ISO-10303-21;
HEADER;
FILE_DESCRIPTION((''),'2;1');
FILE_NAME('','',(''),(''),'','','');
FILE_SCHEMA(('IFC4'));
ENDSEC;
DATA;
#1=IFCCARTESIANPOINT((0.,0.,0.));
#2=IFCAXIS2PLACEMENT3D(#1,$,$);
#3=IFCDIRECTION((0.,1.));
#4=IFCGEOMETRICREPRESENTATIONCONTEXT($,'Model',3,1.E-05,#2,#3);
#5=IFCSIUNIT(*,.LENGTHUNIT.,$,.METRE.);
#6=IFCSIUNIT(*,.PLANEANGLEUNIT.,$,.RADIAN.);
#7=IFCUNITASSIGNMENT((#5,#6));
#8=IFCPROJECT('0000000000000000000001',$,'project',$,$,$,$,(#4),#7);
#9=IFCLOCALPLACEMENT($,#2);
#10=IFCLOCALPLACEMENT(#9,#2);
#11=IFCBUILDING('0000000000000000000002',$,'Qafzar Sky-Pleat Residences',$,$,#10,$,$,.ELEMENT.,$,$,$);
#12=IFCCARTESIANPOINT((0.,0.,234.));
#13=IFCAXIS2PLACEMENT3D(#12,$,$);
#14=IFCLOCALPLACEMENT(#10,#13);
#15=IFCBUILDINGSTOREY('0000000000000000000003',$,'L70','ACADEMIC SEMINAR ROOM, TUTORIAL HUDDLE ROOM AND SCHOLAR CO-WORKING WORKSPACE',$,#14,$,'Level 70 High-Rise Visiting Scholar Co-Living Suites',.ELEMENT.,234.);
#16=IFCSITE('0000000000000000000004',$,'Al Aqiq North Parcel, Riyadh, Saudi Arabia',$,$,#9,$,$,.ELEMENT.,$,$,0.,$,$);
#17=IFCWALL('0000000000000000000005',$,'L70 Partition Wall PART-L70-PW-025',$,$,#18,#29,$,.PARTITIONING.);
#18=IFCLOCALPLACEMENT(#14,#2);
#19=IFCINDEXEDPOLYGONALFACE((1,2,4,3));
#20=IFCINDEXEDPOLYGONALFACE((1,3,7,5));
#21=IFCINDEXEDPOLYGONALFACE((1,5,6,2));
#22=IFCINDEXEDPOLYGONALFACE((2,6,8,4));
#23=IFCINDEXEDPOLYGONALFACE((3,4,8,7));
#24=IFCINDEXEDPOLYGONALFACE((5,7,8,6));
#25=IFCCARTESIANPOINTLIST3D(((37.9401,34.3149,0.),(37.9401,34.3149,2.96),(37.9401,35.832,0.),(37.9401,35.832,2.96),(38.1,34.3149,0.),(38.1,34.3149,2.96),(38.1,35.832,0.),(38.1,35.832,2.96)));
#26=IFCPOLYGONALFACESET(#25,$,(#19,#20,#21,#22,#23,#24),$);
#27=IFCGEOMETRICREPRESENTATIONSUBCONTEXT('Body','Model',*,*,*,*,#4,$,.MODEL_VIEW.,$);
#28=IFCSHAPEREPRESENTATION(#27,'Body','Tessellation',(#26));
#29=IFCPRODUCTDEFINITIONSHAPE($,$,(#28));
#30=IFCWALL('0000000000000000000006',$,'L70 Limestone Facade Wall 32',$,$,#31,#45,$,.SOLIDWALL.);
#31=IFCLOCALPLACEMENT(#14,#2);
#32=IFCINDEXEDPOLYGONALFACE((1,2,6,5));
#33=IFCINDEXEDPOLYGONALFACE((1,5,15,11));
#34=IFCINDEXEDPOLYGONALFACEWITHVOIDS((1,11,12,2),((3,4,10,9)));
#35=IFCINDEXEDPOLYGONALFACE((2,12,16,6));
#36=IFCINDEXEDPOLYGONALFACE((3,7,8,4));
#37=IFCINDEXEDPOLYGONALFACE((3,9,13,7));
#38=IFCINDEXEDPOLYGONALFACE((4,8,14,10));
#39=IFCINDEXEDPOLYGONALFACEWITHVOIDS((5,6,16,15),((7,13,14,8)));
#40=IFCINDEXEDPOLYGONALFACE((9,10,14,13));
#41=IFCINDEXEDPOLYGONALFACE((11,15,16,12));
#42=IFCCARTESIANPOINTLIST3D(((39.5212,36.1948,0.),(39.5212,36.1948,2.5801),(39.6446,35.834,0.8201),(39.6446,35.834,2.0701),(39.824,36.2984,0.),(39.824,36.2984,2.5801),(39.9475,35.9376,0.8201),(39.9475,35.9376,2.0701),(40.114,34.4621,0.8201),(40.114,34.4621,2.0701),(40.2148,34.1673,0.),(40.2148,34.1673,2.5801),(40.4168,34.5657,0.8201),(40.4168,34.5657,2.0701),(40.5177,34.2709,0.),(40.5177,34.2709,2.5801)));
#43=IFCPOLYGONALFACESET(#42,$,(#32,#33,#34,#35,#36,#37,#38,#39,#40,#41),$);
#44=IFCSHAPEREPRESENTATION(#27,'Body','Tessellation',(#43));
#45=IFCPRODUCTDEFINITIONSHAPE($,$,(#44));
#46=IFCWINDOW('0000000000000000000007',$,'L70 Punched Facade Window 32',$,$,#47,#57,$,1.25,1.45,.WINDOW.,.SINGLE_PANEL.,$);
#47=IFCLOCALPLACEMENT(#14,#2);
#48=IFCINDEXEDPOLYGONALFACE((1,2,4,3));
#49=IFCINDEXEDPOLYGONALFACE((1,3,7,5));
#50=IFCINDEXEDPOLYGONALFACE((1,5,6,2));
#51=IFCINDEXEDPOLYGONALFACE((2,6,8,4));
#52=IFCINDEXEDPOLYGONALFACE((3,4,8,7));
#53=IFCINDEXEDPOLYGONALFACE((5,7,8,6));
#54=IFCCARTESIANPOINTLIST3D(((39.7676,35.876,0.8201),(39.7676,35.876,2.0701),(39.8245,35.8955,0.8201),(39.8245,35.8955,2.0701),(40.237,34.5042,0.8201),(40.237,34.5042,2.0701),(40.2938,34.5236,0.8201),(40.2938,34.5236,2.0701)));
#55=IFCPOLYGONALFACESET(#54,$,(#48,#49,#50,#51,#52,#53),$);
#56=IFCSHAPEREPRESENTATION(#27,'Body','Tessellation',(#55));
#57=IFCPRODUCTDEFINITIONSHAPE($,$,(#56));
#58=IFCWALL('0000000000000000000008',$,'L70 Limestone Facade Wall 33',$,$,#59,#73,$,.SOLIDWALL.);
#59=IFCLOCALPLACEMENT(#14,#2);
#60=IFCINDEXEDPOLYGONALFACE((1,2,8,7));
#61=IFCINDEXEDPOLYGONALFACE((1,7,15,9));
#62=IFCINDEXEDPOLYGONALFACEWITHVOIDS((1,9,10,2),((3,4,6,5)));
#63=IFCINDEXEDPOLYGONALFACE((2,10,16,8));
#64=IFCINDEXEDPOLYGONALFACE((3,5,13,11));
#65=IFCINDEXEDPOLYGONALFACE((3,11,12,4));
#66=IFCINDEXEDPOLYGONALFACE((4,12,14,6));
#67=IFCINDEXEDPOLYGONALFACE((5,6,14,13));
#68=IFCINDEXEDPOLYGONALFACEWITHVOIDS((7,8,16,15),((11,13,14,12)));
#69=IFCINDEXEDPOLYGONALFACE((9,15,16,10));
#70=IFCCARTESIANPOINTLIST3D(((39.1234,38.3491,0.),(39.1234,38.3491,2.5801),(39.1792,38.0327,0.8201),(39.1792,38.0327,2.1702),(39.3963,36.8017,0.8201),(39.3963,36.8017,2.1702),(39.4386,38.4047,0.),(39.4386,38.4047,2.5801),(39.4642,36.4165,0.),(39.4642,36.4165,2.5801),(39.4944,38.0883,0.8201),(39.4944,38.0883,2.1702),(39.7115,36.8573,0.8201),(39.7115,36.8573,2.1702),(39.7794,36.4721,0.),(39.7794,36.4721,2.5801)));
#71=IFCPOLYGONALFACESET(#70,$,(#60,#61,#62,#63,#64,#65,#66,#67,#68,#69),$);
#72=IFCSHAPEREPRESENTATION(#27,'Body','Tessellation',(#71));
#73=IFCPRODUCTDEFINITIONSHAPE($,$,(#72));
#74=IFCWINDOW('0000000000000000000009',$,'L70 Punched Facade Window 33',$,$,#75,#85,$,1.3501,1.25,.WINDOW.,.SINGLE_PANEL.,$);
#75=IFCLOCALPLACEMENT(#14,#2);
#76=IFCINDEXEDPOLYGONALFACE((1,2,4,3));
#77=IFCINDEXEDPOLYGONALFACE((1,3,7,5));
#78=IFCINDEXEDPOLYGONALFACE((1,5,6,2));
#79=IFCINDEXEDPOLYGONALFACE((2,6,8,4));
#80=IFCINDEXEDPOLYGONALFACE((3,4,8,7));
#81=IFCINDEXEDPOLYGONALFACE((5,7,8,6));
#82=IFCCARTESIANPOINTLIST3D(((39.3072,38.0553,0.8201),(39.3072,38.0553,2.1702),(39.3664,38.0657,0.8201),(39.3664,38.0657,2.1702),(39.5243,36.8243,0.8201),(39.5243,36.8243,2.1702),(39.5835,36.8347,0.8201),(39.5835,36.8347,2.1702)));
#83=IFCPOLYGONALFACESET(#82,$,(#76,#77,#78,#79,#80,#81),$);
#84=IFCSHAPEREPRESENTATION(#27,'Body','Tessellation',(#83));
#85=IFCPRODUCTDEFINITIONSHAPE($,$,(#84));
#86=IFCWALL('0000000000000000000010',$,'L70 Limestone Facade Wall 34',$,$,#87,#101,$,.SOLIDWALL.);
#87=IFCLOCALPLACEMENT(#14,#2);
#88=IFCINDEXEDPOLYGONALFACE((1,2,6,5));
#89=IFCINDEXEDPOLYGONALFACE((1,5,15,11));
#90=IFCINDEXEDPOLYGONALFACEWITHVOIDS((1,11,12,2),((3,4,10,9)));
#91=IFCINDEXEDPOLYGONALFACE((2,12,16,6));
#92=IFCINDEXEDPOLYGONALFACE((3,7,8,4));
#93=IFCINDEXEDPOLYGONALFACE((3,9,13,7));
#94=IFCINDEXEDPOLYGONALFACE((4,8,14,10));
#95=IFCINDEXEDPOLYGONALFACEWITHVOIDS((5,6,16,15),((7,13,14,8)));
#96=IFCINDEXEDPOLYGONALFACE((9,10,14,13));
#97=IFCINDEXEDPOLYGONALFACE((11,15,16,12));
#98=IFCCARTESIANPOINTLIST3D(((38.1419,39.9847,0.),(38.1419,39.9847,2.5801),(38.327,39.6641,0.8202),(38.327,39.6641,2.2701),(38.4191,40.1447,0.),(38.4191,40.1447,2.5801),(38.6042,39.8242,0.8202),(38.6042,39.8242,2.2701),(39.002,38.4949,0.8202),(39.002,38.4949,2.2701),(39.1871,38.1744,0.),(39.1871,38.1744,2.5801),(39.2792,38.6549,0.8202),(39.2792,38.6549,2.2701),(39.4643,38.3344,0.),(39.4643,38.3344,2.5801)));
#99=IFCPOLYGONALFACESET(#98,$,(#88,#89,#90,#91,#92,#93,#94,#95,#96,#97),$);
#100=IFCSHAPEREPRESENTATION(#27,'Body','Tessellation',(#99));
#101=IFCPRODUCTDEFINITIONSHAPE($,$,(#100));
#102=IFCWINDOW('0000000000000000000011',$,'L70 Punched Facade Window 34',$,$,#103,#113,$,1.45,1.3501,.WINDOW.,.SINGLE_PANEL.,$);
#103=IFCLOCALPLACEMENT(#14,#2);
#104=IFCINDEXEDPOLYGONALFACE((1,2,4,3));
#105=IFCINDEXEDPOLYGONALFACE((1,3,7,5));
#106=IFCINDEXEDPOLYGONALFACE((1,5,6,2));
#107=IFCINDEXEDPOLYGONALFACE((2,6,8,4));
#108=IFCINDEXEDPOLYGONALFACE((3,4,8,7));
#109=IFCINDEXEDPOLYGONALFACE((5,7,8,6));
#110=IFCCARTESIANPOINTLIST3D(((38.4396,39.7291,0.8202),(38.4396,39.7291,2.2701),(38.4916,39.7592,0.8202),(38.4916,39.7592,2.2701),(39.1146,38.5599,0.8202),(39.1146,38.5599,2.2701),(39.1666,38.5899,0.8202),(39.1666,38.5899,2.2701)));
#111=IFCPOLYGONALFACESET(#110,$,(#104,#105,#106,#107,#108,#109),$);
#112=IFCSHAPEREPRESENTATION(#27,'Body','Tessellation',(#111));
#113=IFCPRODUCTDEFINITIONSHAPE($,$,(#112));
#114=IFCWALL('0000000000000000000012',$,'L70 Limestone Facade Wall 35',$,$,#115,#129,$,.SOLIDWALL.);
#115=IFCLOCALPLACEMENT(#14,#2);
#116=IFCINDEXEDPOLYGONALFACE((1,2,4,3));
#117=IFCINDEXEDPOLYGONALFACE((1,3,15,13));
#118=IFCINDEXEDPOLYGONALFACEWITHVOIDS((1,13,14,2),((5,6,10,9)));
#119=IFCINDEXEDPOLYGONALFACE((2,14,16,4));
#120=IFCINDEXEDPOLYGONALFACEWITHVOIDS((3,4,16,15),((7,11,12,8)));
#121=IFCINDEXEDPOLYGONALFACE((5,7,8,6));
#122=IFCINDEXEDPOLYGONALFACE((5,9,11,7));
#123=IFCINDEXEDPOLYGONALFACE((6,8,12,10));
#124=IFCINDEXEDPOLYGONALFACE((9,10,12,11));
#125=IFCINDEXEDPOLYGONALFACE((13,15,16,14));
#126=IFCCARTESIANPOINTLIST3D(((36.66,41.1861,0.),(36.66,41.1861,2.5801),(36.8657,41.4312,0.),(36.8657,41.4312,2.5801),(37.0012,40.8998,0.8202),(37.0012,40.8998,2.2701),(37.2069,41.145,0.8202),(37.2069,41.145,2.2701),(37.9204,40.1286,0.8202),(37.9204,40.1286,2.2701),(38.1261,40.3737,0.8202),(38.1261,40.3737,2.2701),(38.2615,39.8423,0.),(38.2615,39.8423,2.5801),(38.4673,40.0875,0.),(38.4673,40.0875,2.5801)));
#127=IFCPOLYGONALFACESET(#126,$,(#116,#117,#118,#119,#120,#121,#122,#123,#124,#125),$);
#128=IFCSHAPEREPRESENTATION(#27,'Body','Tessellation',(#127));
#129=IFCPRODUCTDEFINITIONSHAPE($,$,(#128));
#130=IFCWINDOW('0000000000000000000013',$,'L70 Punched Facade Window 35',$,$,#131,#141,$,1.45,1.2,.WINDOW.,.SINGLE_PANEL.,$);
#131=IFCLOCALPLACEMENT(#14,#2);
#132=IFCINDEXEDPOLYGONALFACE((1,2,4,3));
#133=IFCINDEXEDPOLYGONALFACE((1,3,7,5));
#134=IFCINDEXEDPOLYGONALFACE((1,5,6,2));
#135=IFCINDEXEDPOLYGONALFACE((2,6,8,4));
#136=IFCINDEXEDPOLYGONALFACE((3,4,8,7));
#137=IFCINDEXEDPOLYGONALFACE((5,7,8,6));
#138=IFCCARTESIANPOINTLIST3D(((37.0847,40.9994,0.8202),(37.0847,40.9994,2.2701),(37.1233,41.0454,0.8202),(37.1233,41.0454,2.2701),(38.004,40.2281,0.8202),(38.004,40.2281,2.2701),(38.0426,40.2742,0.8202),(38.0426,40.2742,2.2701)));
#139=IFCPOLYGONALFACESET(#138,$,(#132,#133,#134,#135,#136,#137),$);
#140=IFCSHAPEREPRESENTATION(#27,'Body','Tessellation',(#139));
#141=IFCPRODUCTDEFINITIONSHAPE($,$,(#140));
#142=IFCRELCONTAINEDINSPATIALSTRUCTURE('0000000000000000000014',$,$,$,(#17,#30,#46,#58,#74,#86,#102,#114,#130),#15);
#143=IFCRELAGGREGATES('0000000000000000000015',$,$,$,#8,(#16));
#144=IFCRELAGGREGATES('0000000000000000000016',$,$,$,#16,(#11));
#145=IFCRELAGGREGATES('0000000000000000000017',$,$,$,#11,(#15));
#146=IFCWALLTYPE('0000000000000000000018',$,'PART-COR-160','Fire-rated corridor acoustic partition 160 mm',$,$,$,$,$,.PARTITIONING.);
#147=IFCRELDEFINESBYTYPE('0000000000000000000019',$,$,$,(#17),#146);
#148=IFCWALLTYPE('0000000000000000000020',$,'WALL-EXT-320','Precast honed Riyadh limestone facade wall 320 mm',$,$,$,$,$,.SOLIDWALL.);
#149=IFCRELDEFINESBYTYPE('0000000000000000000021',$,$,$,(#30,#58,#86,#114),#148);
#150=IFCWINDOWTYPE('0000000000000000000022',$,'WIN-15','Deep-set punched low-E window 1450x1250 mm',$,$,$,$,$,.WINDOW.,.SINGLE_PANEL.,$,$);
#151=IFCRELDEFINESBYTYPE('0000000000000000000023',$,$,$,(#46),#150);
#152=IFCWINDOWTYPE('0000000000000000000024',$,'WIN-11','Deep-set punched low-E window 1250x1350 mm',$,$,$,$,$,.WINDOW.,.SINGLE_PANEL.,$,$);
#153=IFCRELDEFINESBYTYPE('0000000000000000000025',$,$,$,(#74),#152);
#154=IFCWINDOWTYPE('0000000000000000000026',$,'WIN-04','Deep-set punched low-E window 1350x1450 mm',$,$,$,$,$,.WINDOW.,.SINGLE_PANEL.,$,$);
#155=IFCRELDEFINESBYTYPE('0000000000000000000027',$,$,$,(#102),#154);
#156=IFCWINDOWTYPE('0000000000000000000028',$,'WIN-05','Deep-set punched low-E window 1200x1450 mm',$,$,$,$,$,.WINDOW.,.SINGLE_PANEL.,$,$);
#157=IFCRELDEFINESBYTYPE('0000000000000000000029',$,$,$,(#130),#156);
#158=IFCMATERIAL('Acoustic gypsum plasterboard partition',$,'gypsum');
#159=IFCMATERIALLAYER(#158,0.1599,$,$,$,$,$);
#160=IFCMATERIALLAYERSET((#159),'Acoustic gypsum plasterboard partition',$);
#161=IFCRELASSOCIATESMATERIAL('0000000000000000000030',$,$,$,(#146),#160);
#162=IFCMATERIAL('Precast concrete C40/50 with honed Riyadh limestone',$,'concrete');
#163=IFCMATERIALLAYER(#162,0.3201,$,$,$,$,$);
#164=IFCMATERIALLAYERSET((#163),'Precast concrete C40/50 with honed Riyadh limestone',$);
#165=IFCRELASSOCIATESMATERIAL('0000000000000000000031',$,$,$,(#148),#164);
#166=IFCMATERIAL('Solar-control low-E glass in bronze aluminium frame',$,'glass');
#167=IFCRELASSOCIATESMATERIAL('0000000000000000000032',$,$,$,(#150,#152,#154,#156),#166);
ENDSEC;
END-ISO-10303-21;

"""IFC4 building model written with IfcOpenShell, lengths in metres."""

from ifc_helpers import new_model, si_unit, direction, frame, frame_2d, origin, place, context, subcontext, project, spatial, rectangle, extrude, source, transform, mapped, material, layer, layer_set, type_object, element, fill, save


model = new_model("IFC4")

# Units and contexts
model_context = context("Model", 3, precision=1e-05, world=origin(), true_north=direction((0.0, 1.0)))
body_context = subcontext(model_context, "Body", "Model", "MODEL_VIEW")
ifc_project = project(units=[si_unit("LENGTHUNIT", "METRE"), si_unit("PLANEANGLEUNIT", "RADIAN")], contexts=[model_context])

# Site, building, storey
site_placement = place(None, origin())
site = spatial("IfcSite", under=ifc_project, at=site_placement, Name="Al Aqiq North Parcel, Riyadh, Saudi Arabia", CompositionType="ELEMENT", RefElevation=0.0)
building_placement = place(site_placement, origin())
building = spatial("IfcBuilding", under=site, at=building_placement, Name="Qafzar Sky-Pleat Residences", CompositionType="ELEMENT")
storey_placement = place(building_placement, frame((0.0, 0.0, 234.0)))
storey = spatial("IfcBuildingStorey", under=building, at=storey_placement, Name="L70", Description="ACADEMIC SEMINAR ROOM, TUTORIAL HUDDLE ROOM AND SCHOLAR CO-WORKING WORKSPACE", LongName="Level 70 High-Rise Visiting Scholar Co-Living Suites", CompositionType="ELEMENT", Elevation=234.0)

# Wall
ifc_material_1 = material(Name="Acoustic gypsum plasterboard partition", Category="gypsum")
ifc_layer_1 = layer(ifc_material_1, 0.1599)
ifc_layer_set_1 = layer_set([ifc_layer_1], Name="Acoustic gypsum plasterboard partition")
wall_type_1 = type_object("IfcWallType", Name="PART-COR-160", Description="Fire-rated corridor acoustic partition 160 mm", PredefinedType="PARTITIONING", material=ifc_layer_set_1)
wall_1_placement = place(storey_placement, frame((38.02, 34.3149, 0.0), z_axis=(0.0, 0.0, 1.0), x_axis=(0.0, 1.0, 0.0)))
element("IfcWall", 1, at=wall_1_placement, inside=storey, type_object=wall_type_1, Name="L70 Partition Wall PART-L70-PW-025", PredefinedType="PARTITIONING", context=body_context, shape_type="SweptSolid", body=[
    extrude(rectangle(XDim=1.5171, YDim=0.1599, at=frame_2d((0.7585, 0.0))), origin(), (0.0, 0.0, 1.0), 2.96),
])

# Walls, openings, windows
ifc_material_2 = material(Name="Precast concrete C40/50 with honed Riyadh limestone", Category="concrete")
ifc_layer_2 = layer(ifc_material_2, 0.3201)
ifc_layer_set_2 = layer_set([ifc_layer_2], Name="Precast concrete C40/50 with honed Riyadh limestone")
wall_type_2 = type_object("IfcWallType", Name="WALL-EXT-320", Description="Precast honed Riyadh limestone facade wall 320 mm", PredefinedType="SOLIDWALL", material=ifc_layer_set_2)
wall_2_placement = place(storey_placement, frame((40.3662, 34.2192, 0.0), z_axis=(0.0, 0.0, 1.0), x_axis=(-0.323704, 0.946158, 0.0)))
wall_2 = element("IfcWall", 2, at=wall_2_placement, inside=storey, type_object=wall_type_2, Name="L70 Limestone Facade Wall 32", PredefinedType="SOLIDWALL", context=body_context, shape_type="SweptSolid", body=[
    extrude(rectangle(XDim=2.1428, YDim=0.3201, at=frame_2d((1.0713, 0.0))), origin(), (0.0, 0.0, 1.0), 2.5801),
])
opening_1_placement = place(wall_2_placement, frame((0.3113, 0.0, 0.8201)))
opening_1 = element("IfcOpeningElement", 3, at=opening_1_placement, cuts=wall_2, PredefinedType="OPENING", context=body_context, shape_type="SweptSolid", body=[
    extrude(rectangle(XDim=1.45, YDim=1.25, at=frame_2d((0.7251, 0.625))), frame((0.0, 0.1699, 0.0), z_axis=(0.0, -1.0, 0.0), x_axis=(1.0, 0.0, 0.0)), (0.0, 0.0, 1.0), 0.3401),
])
ifc_material_3 = material(Name="Solar-control low-E glass in bronze aluminium frame", Category="glass")
window_type_1 = type_object("IfcWindowType", Name="WIN-15", Description="Deep-set punched low-E window 1450x1250 mm", PartitioningType="SINGLE_PANEL", PredefinedType="WINDOW", material=ifc_material_3)
shared_shape_1 = source(origin(), body_context, "Body", "SweptSolid", [
    extrude(rectangle(XDim=1.45, YDim=1.25, at=frame_2d((0.7251, 0.625))), frame((0.0, 0.03, 0.0), z_axis=(0.0, -1.0, 0.0), x_axis=(1.0, 0.0, 0.0)), (0.0, 0.0, 1.0), 0.0601),
])
window_1_placement = place(opening_1_placement, origin())
window_1 = element("IfcWindow", 4, at=window_1_placement, inside=storey, type_object=window_type_1, Name="L70 Punched Facade Window 32", OverallHeight=1.25, OverallWidth=1.45, PartitioningType="SINGLE_PANEL", PredefinedType="WINDOW", context=body_context, shape_type="MappedRepresentation", body=[
    mapped(shared_shape_1, transform((0.0, 0.0, 0.0), x_axis=(1.0, 0.0, 0.0), y_axis=(0.0, 1.0, 0.0), z_axis=(0.0, 0.0, 1.0), scale=1.0)),
])
fill(opening_1, window_1)
wall_3_placement = place(storey_placement, frame((39.6218, 36.4443, 0.0), z_axis=(0.0, 0.0, 1.0), x_axis=(-0.173672, 0.984804, 0.0)))
wall_3 = element("IfcWall", 5, at=wall_3_placement, inside=storey, type_object=wall_type_2, Name="L70 Limestone Facade Wall 33", PredefinedType="SOLIDWALL", context=body_context, shape_type="SweptSolid", body=[
    extrude(rectangle(XDim=1.9624, YDim=0.3201, at=frame_2d((0.9812, 0.0))), origin(), (0.0, 0.0, 1.0), 2.5801),
])
opening_2_placement = place(wall_3_placement, frame((0.3911, 0.0, 0.8201)))
opening_2 = element("IfcOpeningElement", 6, at=opening_2_placement, cuts=wall_3, PredefinedType="OPENING", context=body_context, shape_type="SweptSolid", body=[
    extrude(rectangle(XDim=1.25, YDim=1.3501, at=frame_2d((0.625, 0.675))), frame((0.0, 0.1699, 0.0), z_axis=(0.0, -1.0, 0.0), x_axis=(1.0, 0.0, 0.0)), (0.0, 0.0, 1.0), 0.3401),
])
window_type_2 = type_object("IfcWindowType", Name="WIN-11", Description="Deep-set punched low-E window 1250x1350 mm", PartitioningType="SINGLE_PANEL", PredefinedType="WINDOW", material=ifc_material_3)
shared_shape_2 = source(origin(), body_context, "Body", "SweptSolid", [
    extrude(rectangle(XDim=1.25, YDim=1.3501, at=frame_2d((0.625, 0.675))), frame((0.0, 0.03, 0.0), z_axis=(0.0, -1.0, 0.0), x_axis=(1.0, 0.0, 0.0)), (0.0, 0.0, 1.0), 0.0601),
])
window_2_placement = place(opening_2_placement, origin())
window_2 = element("IfcWindow", 7, at=window_2_placement, inside=storey, type_object=window_type_2, Name="L70 Punched Facade Window 33", OverallHeight=1.3501, OverallWidth=1.25, PartitioningType="SINGLE_PANEL", PredefinedType="WINDOW", context=body_context, shape_type="MappedRepresentation", body=[
    mapped(shared_shape_2, transform((0.0, 0.0, 0.0), x_axis=(1.0, 0.0, 0.0), y_axis=(0.0, 1.0, 0.0), z_axis=(0.0, 0.0, 1.0), scale=1.0)),
])
fill(opening_2, window_2)
wall_4_placement = place(storey_placement, frame((39.3257, 38.2544, 0.0), z_axis=(0.0, 0.0, 1.0), x_axis=(-0.499995, 0.866028, 0.0)))
wall_4 = element("IfcWall", 8, at=wall_4_placement, inside=storey, type_object=wall_type_2, Name="L70 Limestone Facade Wall 34", PredefinedType="SOLIDWALL", context=body_context, shape_type="SweptSolid", body=[
    extrude(rectangle(XDim=2.0903, YDim=0.3201, at=frame_2d((1.0452, 0.0))), origin(), (0.0, 0.0, 1.0), 2.5801),
])
opening_3_placement = place(wall_4_placement, frame((0.3701, 0.0, 0.8201)))
opening_3 = element("IfcOpeningElement", 9, at=opening_3_placement, cuts=wall_4, PredefinedType="OPENING", context=body_context, shape_type="SweptSolid", body=[
    extrude(rectangle(XDim=1.3501, YDim=1.45, at=frame_2d((0.675, 0.7251))), frame((0.0, 0.1699, 0.0), z_axis=(0.0, -1.0, 0.0), x_axis=(1.0, 0.0, 0.0)), (0.0, 0.0, 1.0), 0.3401),
])
window_type_3 = type_object("IfcWindowType", Name="WIN-04", Description="Deep-set punched low-E window 1350x1450 mm", PartitioningType="SINGLE_PANEL", PredefinedType="WINDOW", material=ifc_material_3)
shared_shape_3 = source(origin(), body_context, "Body", "SweptSolid", [
    extrude(rectangle(XDim=1.3501, YDim=1.45, at=frame_2d((0.675, 0.7251))), frame((0.0, 0.03, 0.0), z_axis=(0.0, -1.0, 0.0), x_axis=(1.0, 0.0, 0.0)), (0.0, 0.0, 1.0), 0.0601),
])
window_3_placement = place(opening_3_placement, origin())
window_3 = element("IfcWindow", 10, at=window_3_placement, inside=storey, type_object=window_type_3, Name="L70 Punched Facade Window 34", OverallHeight=1.45, OverallWidth=1.3501, PartitioningType="SINGLE_PANEL", PredefinedType="WINDOW", context=body_context, shape_type="MappedRepresentation", body=[
    mapped(shared_shape_3, transform((0.0, 0.0, 0.0), x_axis=(1.0, 0.0, 0.0), y_axis=(0.0, 1.0, 0.0), z_axis=(0.0, 0.0, 1.0), scale=1.0)),
])
fill(opening_3, window_3)
wall_5_placement = place(storey_placement, frame((38.3645, 39.9648, 0.0), z_axis=(0.0, 0.0, 1.0), x_axis=(-0.766073, 0.642754, 0.0)))
wall_5 = element("IfcWall", 11, at=wall_5_placement, inside=storey, type_object=wall_type_2, Name="L70 Limestone Facade Wall 35", PredefinedType="SOLIDWALL", context=body_context, shape_type="SweptSolid", body=[
    extrude(rectangle(XDim=2.0906, YDim=0.3201, at=frame_2d((1.0454, 0.0))), origin(), (0.0, 0.0, 1.0), 2.5801),
])
opening_4_placement = place(wall_5_placement, frame((0.4453, 0.0, 0.8201)))
opening_4 = element("IfcOpeningElement", 12, at=opening_4_placement, cuts=wall_5, PredefinedType="OPENING", context=body_context, shape_type="SweptSolid", body=[
    extrude(rectangle(XDim=1.2, YDim=1.45, at=frame_2d((0.6001, 0.7251))), frame((0.0, 0.1699, 0.0), z_axis=(0.0, -1.0, 0.0), x_axis=(1.0, 0.0, 0.0)), (0.0, 0.0, 1.0), 0.3401),
])
window_type_4 = type_object("IfcWindowType", Name="WIN-05", Description="Deep-set punched low-E window 1200x1450 mm", PartitioningType="SINGLE_PANEL", PredefinedType="WINDOW", material=ifc_material_3)
shared_shape_4 = source(origin(), body_context, "Body", "SweptSolid", [
    extrude(rectangle(XDim=1.2, YDim=1.45, at=frame_2d((0.6001, 0.7251))), frame((0.0, 0.03, 0.0), z_axis=(0.0, -1.0, 0.0), x_axis=(1.0, 0.0, 0.0)), (0.0, 0.0, 1.0), 0.0601),
])
window_4_placement = place(opening_4_placement, origin())
window_4 = element("IfcWindow", 13, at=window_4_placement, inside=storey, type_object=window_type_4, Name="L70 Punched Facade Window 35", OverallHeight=1.45, OverallWidth=1.2, PartitioningType="SINGLE_PANEL", PredefinedType="WINDOW", context=body_context, shape_type="MappedRepresentation", body=[
    mapped(shared_shape_4, transform((0.0, 0.0, 0.0), x_axis=(1.0, 0.0, 0.0), y_axis=(0.0, 1.0, 0.0), z_axis=(0.0, 0.0, 1.0), scale=1.0)),
])
fill(opening_4, window_4)

save(model, "model.ifc")
